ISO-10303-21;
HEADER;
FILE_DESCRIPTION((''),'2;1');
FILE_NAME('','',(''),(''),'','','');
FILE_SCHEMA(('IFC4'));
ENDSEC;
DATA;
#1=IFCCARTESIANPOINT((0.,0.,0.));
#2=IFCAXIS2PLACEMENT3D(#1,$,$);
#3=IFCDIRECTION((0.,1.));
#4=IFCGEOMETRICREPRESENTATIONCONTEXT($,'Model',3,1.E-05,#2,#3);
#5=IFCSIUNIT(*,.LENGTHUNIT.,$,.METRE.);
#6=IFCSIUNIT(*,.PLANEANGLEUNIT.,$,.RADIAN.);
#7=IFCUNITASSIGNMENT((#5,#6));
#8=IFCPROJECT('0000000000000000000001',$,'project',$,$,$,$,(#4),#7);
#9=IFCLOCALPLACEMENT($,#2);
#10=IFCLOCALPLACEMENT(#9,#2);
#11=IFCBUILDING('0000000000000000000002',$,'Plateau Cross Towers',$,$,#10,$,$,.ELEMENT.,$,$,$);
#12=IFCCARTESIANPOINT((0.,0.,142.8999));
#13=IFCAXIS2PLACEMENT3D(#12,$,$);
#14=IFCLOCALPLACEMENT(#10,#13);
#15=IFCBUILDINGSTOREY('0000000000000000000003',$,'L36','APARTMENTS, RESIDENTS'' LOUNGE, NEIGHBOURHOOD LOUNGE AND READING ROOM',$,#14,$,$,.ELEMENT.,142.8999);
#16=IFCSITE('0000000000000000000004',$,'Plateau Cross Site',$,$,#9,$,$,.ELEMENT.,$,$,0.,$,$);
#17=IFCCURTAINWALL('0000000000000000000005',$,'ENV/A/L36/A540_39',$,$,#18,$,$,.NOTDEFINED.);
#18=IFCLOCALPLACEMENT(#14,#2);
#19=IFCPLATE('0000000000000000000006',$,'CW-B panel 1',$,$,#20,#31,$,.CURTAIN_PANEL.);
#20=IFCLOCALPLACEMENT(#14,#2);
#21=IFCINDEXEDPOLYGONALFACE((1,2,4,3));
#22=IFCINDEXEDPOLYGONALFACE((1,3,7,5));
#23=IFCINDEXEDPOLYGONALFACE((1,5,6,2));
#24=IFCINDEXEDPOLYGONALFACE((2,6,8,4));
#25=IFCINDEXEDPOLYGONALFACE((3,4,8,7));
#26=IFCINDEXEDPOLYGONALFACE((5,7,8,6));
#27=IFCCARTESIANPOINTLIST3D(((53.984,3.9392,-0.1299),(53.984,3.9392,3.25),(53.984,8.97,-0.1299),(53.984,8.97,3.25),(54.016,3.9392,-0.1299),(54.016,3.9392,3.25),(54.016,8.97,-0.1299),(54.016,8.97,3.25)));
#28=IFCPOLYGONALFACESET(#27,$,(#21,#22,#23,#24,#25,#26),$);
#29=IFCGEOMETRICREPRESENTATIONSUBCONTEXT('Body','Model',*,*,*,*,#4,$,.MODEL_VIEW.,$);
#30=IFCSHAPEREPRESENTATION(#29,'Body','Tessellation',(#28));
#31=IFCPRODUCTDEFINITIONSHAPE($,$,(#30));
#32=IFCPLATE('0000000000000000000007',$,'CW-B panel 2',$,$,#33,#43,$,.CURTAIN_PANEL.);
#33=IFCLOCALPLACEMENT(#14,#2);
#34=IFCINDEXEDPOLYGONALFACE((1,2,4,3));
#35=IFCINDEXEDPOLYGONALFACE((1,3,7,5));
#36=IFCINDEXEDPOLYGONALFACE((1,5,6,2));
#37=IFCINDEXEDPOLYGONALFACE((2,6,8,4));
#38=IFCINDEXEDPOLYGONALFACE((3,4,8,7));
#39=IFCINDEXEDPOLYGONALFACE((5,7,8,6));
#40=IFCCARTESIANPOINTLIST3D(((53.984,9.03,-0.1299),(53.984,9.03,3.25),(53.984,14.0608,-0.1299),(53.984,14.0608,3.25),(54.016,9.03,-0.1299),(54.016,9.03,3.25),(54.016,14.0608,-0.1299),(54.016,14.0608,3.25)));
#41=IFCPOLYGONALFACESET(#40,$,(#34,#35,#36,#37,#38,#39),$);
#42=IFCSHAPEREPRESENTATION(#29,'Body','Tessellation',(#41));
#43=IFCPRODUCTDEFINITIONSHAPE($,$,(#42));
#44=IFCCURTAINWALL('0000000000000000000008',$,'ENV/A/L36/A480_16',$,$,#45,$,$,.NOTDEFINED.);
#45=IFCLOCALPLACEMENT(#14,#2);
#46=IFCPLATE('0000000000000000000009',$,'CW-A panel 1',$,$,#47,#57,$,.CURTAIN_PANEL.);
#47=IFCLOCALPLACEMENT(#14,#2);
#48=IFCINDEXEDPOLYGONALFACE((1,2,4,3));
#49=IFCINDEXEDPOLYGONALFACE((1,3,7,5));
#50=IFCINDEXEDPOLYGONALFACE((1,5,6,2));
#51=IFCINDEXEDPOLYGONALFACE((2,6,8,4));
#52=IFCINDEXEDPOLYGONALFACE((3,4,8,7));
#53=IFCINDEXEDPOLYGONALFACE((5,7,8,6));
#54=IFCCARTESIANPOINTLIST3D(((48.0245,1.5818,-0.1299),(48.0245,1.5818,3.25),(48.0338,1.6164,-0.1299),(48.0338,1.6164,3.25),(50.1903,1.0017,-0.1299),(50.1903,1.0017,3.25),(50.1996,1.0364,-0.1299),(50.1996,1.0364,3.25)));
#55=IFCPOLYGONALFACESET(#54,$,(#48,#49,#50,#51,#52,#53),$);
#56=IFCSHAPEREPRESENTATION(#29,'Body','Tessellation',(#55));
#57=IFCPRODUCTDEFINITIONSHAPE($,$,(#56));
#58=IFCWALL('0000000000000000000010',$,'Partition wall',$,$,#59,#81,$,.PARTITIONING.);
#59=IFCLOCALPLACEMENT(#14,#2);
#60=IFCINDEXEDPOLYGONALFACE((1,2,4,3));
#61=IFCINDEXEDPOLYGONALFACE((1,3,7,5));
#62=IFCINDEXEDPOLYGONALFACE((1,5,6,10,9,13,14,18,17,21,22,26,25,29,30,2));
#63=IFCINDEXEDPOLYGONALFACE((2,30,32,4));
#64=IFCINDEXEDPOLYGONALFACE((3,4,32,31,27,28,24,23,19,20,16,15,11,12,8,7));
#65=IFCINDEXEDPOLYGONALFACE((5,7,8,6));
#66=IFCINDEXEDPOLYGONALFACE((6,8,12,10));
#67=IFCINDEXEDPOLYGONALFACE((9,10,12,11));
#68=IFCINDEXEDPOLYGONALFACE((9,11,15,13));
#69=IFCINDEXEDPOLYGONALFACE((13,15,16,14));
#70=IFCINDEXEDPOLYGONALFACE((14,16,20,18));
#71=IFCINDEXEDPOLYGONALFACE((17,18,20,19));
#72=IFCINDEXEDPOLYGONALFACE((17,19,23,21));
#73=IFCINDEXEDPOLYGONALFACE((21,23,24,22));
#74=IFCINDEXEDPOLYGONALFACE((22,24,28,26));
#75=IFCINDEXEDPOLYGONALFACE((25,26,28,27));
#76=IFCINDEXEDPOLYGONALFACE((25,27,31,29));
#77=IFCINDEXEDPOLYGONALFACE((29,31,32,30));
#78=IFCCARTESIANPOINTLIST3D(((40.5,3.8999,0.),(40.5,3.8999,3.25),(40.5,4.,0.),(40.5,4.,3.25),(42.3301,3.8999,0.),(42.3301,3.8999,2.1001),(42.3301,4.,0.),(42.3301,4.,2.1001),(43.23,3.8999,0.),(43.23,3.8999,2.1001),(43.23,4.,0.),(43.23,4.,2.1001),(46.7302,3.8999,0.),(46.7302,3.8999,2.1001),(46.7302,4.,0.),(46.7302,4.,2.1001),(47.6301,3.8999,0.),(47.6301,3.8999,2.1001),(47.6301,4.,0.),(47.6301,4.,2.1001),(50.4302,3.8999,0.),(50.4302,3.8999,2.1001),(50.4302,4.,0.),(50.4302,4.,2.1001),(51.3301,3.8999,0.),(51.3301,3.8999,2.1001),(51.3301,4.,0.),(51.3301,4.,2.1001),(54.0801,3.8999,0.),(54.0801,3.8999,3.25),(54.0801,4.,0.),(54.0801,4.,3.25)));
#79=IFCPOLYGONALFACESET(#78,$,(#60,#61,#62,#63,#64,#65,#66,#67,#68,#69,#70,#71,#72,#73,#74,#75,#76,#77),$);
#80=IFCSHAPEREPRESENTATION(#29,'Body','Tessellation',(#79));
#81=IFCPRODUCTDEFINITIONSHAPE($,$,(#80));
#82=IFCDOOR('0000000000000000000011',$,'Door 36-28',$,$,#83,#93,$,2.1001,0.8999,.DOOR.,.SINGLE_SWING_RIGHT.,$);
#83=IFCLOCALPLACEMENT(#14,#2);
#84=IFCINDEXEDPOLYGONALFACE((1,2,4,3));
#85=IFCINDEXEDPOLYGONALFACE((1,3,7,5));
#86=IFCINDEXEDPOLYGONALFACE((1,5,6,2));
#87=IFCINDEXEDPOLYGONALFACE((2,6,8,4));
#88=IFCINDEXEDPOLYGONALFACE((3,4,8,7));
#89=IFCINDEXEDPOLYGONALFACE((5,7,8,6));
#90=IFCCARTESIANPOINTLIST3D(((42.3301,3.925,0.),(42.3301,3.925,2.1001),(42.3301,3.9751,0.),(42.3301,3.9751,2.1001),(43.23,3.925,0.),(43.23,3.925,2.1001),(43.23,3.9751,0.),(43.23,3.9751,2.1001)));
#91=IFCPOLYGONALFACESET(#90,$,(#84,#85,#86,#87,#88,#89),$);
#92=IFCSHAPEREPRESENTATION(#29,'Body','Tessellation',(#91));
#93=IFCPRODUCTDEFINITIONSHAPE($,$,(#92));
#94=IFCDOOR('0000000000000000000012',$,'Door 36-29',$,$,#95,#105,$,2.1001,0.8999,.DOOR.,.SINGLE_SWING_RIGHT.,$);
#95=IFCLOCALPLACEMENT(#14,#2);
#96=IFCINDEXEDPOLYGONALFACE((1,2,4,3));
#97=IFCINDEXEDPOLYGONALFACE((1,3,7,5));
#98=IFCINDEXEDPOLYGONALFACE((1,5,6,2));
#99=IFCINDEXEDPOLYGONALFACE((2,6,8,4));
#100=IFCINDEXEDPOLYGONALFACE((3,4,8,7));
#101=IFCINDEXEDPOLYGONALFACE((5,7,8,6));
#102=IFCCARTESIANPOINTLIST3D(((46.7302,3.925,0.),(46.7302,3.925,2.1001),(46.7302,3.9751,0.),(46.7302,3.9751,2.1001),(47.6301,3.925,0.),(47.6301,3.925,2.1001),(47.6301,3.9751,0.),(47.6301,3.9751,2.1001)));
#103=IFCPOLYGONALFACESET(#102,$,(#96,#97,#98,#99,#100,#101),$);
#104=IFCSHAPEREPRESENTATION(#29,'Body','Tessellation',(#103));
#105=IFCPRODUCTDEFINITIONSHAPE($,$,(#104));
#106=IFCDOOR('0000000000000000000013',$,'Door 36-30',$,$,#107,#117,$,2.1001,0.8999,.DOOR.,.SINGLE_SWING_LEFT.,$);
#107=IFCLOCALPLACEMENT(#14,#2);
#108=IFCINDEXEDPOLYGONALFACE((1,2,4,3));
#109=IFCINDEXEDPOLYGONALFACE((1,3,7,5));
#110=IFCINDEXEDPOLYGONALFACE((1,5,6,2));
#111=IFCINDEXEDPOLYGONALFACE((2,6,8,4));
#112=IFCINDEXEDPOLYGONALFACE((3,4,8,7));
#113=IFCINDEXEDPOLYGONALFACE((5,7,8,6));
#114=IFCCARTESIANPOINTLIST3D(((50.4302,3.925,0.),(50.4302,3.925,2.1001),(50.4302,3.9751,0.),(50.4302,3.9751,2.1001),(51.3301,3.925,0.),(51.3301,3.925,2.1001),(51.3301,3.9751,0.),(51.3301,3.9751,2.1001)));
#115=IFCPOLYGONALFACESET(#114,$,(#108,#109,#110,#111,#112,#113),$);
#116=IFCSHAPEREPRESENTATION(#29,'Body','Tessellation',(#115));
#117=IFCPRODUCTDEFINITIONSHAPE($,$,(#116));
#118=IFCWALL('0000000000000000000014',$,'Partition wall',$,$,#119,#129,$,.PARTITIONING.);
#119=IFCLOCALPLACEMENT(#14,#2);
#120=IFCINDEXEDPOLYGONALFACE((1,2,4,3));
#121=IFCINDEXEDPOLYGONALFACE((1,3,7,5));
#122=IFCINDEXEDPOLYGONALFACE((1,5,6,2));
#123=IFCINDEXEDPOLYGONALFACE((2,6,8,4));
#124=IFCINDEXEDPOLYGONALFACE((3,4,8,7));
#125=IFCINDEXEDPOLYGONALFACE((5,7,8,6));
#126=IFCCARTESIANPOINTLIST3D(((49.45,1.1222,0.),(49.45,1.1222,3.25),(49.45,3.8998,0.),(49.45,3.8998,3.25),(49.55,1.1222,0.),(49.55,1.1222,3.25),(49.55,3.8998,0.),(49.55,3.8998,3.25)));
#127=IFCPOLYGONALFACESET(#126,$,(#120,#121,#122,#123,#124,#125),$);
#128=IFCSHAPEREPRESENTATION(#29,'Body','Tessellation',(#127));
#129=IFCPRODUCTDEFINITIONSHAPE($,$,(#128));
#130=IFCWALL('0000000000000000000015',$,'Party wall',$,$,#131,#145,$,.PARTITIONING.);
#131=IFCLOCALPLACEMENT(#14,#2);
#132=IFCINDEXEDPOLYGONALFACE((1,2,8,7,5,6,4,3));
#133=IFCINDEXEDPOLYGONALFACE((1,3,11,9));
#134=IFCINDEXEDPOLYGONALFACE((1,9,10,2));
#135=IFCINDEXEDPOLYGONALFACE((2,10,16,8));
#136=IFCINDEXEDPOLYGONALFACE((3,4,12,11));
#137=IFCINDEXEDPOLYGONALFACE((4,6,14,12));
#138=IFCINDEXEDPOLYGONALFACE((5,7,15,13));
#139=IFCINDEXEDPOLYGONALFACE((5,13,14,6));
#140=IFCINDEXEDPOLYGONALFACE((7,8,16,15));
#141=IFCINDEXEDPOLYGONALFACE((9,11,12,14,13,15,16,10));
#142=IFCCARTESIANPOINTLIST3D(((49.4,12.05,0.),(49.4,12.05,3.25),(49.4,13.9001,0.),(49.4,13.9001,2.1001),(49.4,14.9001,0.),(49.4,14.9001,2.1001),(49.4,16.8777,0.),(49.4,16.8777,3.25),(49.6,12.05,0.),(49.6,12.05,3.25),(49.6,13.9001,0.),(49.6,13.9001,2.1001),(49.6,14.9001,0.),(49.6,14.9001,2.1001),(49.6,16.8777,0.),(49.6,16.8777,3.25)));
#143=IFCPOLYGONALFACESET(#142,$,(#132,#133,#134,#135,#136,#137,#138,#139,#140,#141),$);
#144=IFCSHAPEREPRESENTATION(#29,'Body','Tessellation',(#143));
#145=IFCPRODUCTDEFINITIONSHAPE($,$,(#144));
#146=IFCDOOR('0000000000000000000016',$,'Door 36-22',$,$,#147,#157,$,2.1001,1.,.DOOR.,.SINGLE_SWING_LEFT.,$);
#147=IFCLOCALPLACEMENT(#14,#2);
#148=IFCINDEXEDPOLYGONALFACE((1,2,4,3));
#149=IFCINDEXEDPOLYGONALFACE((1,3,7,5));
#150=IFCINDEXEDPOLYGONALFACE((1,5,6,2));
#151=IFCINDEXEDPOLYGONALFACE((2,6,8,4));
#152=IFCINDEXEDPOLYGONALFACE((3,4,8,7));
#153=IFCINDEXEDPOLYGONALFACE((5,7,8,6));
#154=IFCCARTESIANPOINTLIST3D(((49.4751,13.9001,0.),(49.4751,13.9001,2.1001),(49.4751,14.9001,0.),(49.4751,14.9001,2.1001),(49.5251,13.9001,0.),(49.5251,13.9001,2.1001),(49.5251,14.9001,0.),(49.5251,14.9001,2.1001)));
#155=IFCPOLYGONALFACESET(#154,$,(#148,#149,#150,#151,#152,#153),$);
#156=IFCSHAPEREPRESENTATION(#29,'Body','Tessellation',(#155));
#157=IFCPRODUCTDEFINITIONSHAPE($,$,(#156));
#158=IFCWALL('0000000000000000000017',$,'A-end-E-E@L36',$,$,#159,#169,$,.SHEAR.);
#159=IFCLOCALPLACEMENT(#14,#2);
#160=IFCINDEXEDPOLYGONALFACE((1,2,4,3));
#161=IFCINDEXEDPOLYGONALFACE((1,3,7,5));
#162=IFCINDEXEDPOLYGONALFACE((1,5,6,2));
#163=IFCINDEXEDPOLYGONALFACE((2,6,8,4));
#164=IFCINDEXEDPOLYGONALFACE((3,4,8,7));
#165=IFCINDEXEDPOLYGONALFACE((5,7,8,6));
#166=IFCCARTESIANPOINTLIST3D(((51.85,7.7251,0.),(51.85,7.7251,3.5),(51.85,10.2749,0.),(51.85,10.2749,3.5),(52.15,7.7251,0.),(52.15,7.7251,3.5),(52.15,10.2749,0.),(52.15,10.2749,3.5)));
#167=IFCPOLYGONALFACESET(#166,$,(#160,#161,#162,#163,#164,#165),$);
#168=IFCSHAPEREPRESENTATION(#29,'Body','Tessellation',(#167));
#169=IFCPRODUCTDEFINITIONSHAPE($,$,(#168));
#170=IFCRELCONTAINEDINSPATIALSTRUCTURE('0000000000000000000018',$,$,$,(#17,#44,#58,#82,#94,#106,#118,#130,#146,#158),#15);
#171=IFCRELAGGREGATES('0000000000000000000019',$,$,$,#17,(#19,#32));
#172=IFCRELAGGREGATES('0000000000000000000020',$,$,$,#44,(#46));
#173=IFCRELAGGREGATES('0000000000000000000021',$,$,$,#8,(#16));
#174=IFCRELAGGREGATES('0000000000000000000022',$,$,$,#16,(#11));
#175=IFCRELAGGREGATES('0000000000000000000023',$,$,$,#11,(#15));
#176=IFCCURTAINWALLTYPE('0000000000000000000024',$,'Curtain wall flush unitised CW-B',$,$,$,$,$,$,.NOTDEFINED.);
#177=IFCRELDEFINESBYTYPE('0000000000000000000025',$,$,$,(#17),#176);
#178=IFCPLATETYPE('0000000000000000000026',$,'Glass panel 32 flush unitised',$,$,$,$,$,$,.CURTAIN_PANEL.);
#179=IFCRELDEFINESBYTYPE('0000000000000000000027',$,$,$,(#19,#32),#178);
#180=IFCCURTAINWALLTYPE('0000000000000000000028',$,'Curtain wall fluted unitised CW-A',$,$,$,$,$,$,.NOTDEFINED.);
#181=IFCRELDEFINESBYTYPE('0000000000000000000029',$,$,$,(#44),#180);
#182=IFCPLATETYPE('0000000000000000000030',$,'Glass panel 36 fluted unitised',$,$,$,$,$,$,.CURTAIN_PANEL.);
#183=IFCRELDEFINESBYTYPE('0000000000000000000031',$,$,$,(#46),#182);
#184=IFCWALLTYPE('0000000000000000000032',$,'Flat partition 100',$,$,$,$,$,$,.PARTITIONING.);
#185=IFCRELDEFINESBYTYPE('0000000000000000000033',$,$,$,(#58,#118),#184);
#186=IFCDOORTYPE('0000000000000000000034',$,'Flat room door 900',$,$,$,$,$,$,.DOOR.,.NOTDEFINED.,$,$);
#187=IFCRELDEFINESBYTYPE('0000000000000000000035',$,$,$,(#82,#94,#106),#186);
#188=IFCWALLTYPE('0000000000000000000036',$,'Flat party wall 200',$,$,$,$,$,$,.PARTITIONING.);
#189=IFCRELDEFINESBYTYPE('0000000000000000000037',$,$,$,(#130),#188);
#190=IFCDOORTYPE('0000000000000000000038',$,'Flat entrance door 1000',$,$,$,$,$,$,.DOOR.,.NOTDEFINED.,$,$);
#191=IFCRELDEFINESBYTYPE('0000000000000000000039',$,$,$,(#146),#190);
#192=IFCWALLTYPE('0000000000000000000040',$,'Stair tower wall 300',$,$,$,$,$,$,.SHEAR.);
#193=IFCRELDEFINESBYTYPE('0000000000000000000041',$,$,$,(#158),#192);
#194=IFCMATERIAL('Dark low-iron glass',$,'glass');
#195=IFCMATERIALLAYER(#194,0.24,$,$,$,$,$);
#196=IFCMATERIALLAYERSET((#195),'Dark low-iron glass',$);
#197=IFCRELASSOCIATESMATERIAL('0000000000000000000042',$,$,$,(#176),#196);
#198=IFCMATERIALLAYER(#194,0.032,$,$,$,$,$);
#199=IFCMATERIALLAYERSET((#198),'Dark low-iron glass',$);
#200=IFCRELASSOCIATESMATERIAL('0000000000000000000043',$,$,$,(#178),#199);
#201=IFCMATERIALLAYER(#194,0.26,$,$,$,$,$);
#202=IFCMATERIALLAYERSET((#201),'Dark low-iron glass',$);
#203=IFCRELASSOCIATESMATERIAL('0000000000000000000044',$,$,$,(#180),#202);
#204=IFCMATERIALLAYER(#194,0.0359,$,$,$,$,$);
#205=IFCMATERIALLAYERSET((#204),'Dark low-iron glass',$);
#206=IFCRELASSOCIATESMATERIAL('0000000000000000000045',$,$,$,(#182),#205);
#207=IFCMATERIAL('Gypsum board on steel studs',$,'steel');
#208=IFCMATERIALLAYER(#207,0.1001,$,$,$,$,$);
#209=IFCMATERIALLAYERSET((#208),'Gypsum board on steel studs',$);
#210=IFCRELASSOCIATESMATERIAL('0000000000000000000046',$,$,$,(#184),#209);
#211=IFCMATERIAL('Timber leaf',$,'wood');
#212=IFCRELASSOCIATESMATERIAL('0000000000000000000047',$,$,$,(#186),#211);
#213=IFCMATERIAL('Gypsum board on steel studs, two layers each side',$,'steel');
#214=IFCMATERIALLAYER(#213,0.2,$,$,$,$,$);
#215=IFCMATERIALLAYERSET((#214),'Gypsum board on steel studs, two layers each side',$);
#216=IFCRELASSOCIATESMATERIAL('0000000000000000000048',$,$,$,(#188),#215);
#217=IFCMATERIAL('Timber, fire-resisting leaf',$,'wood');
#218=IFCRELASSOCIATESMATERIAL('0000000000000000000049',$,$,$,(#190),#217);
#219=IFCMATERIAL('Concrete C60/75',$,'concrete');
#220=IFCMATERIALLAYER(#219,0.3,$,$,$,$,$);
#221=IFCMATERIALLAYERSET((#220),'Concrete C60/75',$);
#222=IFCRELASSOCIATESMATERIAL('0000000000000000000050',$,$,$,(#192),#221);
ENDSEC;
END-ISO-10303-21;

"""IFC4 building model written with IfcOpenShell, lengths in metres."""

from ifc_helpers import new_model, si_unit, direction, frame, frame_2d, origin, origin_2d, place, context, subcontext, project, spatial, rectangle, extrude, material, layer, layer_set, type_object, element, fill, aggregate, save


model = new_model("IFC4")

# Units and contexts
model_context = context("Model", 3, precision=1e-05, world=origin(), true_north=direction((0.0, 1.0)))
body_context = subcontext(model_context, "Body", "Model", "MODEL_VIEW")
ifc_project = project(units=[si_unit("LENGTHUNIT", "METRE"), si_unit("PLANEANGLEUNIT", "RADIAN")], contexts=[model_context])

# Site, building, storey
site_placement = place(None, origin())
site = spatial("IfcSite", under=ifc_project, at=site_placement, Name="Plateau Cross Site", CompositionType="ELEMENT", RefElevation=0.0)
building_placement = place(site_placement, origin())
building = spatial("IfcBuilding", under=site, at=building_placement, Name="Plateau Cross Towers", CompositionType="ELEMENT")
storey_placement = place(building_placement, frame((0.0, 0.0, 142.8999)))
storey = spatial("IfcBuildingStorey", under=building, at=storey_placement, Name="L36", Description="APARTMENTS, RESIDENTS' LOUNGE, NEIGHBOURHOOD LOUNGE AND READING ROOM", CompositionType="ELEMENT", Elevation=142.8999)

# Shared definitions
ifc_material_1 = material(Name="Concrete C60/75", Category="concrete")

# Shared definitions
ifc_material_2 = material(Name="Dark low-iron glass", Category="glass")
ifc_layer_1 = layer(ifc_material_2, 0.24)
ifc_layer_set_1 = layer_set([ifc_layer_1], Name="Dark low-iron glass")
curtain_wall_type_1 = type_object("IfcCurtainWallType", Name="Curtain wall flush unitised CW-B", PredefinedType="NOTDEFINED", material=ifc_layer_set_1)

# Curtain wall
curtain_wall_1_placement = place(storey_placement, origin())
curtain_wall_1 = element("IfcCurtainWall", 1, at=curtain_wall_1_placement, inside=storey, type_object=curtain_wall_type_1, Name="ENV/A/L36/A540_39", PredefinedType="NOTDEFINED")

# Plates
ifc_layer_2 = layer(ifc_material_2, 0.032)
ifc_layer_set_2 = layer_set([ifc_layer_2], Name="Dark low-iron glass")
plate_type_1 = type_object("IfcPlateType", Name="Glass panel 32 flush unitised", PredefinedType="CURTAIN_PANEL", material=ifc_layer_set_2)
plate_1_placement = place(storey_placement, frame((54.0, 6.4546, -0.1299), z_axis=(0.0, 0.0, 1.0), x_axis=(0.0, 1.0, 0.0)))
plate_1 = element("IfcPlate", 2, at=plate_1_placement, type_object=plate_type_1, Name="CW-B panel 1", PredefinedType="CURTAIN_PANEL", context=body_context, shape_type="SweptSolid", body=[
    extrude(rectangle(XDim=5.0308, YDim=0.032, at=origin_2d()), origin(), (0.0, 0.0, 1.0), 3.3799),
])
plate_2_placement = place(storey_placement, frame((54.0, 11.5454, -0.1299), z_axis=(0.0, 0.0, 1.0), x_axis=(0.0, 1.0, 0.0)))
plate_2 = element("IfcPlate", 3, at=plate_2_placement, type_object=plate_type_1, Name="CW-B panel 2", PredefinedType="CURTAIN_PANEL", context=body_context, shape_type="SweptSolid", body=[
    extrude(rectangle(XDim=5.0308, YDim=0.032, at=origin_2d()), origin(), (0.0, 0.0, 1.0), 3.3799),
])
aggregate(curtain_wall_1, [plate_1, plate_2])

# Curtain wall, plate
ifc_layer_3 = layer(ifc_material_2, 0.26)
ifc_layer_set_3 = layer_set([ifc_layer_3], Name="Dark low-iron glass")
curtain_wall_type_2 = type_object("IfcCurtainWallType", Name="Curtain wall fluted unitised CW-A", PredefinedType="NOTDEFINED", material=ifc_layer_set_3)
curtain_wall_2_placement = place(storey_placement, origin())
curtain_wall_2 = element("IfcCurtainWall", 4, at=curtain_wall_2_placement, inside=storey, type_object=curtain_wall_type_2, Name="ENV/A/L36/A480_16", PredefinedType="NOTDEFINED")
ifc_layer_4 = layer(ifc_material_2, 0.0359)
ifc_layer_set_4 = layer_set([ifc_layer_4], Name="Dark low-iron glass")
plate_type_2 = type_object("IfcPlateType", Name="Glass panel 36 fluted unitised", PredefinedType="CURTAIN_PANEL", material=ifc_layer_set_4)
plate_3_placement = place(storey_placement, frame((49.1121, 1.3091, -0.1299), z_axis=(0.0, 0.0, 1.0), x_axis=(0.965958, -0.258699, 0.0)))
plate_3 = element("IfcPlate", 5, at=plate_3_placement, type_object=plate_type_2, Name="CW-A panel 1", PredefinedType="CURTAIN_PANEL", context=body_context, shape_type="SweptSolid", body=[
    extrude(rectangle(XDim=2.2422, YDim=0.0359, at=origin_2d()), origin(), (0.0, 0.0, 1.0), 3.3799),
])
aggregate(curtain_wall_2, [plate_3])

# Wall, openings, doors
ifc_material_3 = material(Name="Gypsum board on steel studs", Category="steel")
ifc_layer_5 = layer(ifc_material_3, 0.1001)
ifc_layer_set_5 = layer_set([ifc_layer_5], Name="Gypsum board on steel studs")
wall_type_1 = type_object("IfcWallType", Name="Flat partition 100", PredefinedType="PARTITIONING", material=ifc_layer_set_5)
wall_1_placement = place(storey_placement, frame((54.0801, 3.95, 0.0), z_axis=(0.0, 0.0, 1.0), x_axis=(-1.0, 0.0, 0.0)))
wall_1 = element("IfcWall", 6, at=wall_1_placement, inside=storey, type_object=wall_type_1, Name="Partition wall", PredefinedType="PARTITIONING", context=body_context, shape_type="SweptSolid", body=[
    extrude(rectangle(XDim=13.5801, YDim=0.1001, at=frame_2d((6.79, 0.0))), origin(), (0.0, 0.0, 1.0), 3.25),
])
opening_1_placement = place(wall_1_placement, frame((10.8501, 0.0, 0.0)))
opening_1 = element("IfcOpeningElement", 7, at=opening_1_placement, cuts=wall_1, PredefinedType="OPENING", context=body_context, shape_type="SweptSolid", body=[
    extrude(rectangle(XDim=0.8999, YDim=2.1001, at=frame_2d((0.45, 1.05))), frame((0.0, 0.0601, 0.0), z_axis=(0.0, -1.0, 0.0), x_axis=(1.0, 0.0, 0.0)), (0.0, 0.0, 1.0), 0.1201),
])
opening_2_placement = place(wall_1_placement, frame((6.45, 0.0, 0.0)))
opening_2 = element("IfcOpeningElement", 8, at=opening_2_placement, cuts=wall_1, PredefinedType="OPENING", context=body_context, shape_type="SweptSolid", body=[
    extrude(rectangle(XDim=0.8999, YDim=2.1001, at=frame_2d((0.45, 1.05))), frame((0.0, 0.0601, 0.0), z_axis=(0.0, -1.0, 0.0), x_axis=(1.0, 0.0, 0.0)), (0.0, 0.0, 1.0), 0.1201),
])
opening_3_placement = place(wall_1_placement, frame((2.75, 0.0, 0.0)))
opening_3 = element("IfcOpeningElement", 9, at=opening_3_placement, cuts=wall_1, PredefinedType="OPENING", context=body_context, shape_type="SweptSolid", body=[
    extrude(rectangle(XDim=0.8999, YDim=2.1001, at=frame_2d((0.45, 1.05))), frame((0.0, 0.0601, 0.0), z_axis=(0.0, -1.0, 0.0), x_axis=(1.0, 0.0, 0.0)), (0.0, 0.0, 1.0), 0.1201),
])
ifc_material_4 = material(Name="Timber leaf", Category="wood")
door_type_1 = type_object("IfcDoorType", Name="Flat room door 900", OperationType="NOTDEFINED", PredefinedType="DOOR", material=ifc_material_4)
door_1_placement = place(opening_1_placement, origin())
door_1 = element("IfcDoor", 10, at=door_1_placement, inside=storey, type_object=door_type_1, Name="Door 36-28", OperationType="SINGLE_SWING_RIGHT", OverallHeight=2.1001, OverallWidth=0.8999, PredefinedType="DOOR", context=body_context, shape_type="SweptSolid", body=[
    extrude(rectangle(XDim=0.8999, YDim=2.1001, at=frame_2d((0.45, 1.05))), frame((0.0, 0.0249, 0.0), z_axis=(0.0, -1.0, 0.0), x_axis=(1.0, 0.0, 0.0)), (0.0, 0.0, 1.0), 0.05),
])
fill(opening_1, door_1)
door_2_placement = place(opening_2_placement, origin())
door_2 = element("IfcDoor", 11, at=door_2_placement, inside=storey, type_object=door_type_1, Name="Door 36-29", OperationType="SINGLE_SWING_RIGHT", OverallHeight=2.1001, OverallWidth=0.8999, PredefinedType="DOOR", context=body_context, shape_type="SweptSolid", body=[
    extrude(rectangle(XDim=0.8999, YDim=2.1001, at=frame_2d((0.45, 1.05))), frame((0.0, 0.0249, 0.0), z_axis=(0.0, -1.0, 0.0), x_axis=(1.0, 0.0, 0.0)), (0.0, 0.0, 1.0), 0.05),
])
fill(opening_2, door_2)
door_3_placement = place(opening_3_placement, origin())
door_3 = element("IfcDoor", 12, at=door_3_placement, inside=storey, type_object=door_type_1, Name="Door 36-30", OperationType="SINGLE_SWING_LEFT", OverallHeight=2.1001, OverallWidth=0.8999, PredefinedType="DOOR", context=body_context, shape_type="SweptSolid", body=[
    extrude(rectangle(XDim=0.8999, YDim=2.1001, at=frame_2d((0.45, 1.05))), frame((0.0, 0.0249, 0.0), z_axis=(0.0, -1.0, 0.0), x_axis=(1.0, 0.0, 0.0)), (0.0, 0.0, 1.0), 0.05),
])
fill(opening_3, door_3)

# Wall
wall_2_placement = place(storey_placement, frame((49.5, 1.1223, 0.0), z_axis=(0.0, 0.0, 1.0), x_axis=(0.0, 1.0, 0.0)))
element("IfcWall", 13, at=wall_2_placement, inside=storey, type_object=wall_type_1, Name="Partition wall", PredefinedType="PARTITIONING", context=body_context, shape_type="SweptSolid", body=[
    extrude(rectangle(XDim=2.7776, YDim=0.1001, at=frame_2d((1.3887, 0.0))), origin(), (0.0, 0.0, 1.0), 3.25),
])

# Wall, opening, door
ifc_material_5 = material(Name="Gypsum board on steel studs, two layers each side", Category="steel")
ifc_layer_6 = layer(ifc_material_5, 0.2)
ifc_layer_set_6 = layer_set([ifc_layer_6], Name="Gypsum board on steel studs, two layers each side")
wall_type_2 = type_object("IfcWallType", Name="Flat party wall 200", PredefinedType="PARTITIONING", material=ifc_layer_set_6)
wall_3_placement = place(storey_placement, frame((49.5, 12.05, 0.0), z_axis=(0.0, 0.0, 1.0), x_axis=(0.0, 1.0, 0.0)))
wall_3 = element("IfcWall", 14, at=wall_3_placement, inside=storey, type_object=wall_type_2, Name="Party wall", PredefinedType="PARTITIONING", context=body_context, shape_type="SweptSolid", body=[
    extrude(rectangle(XDim=4.8276, YDim=0.2, at=frame_2d((2.4138, 0.0))), origin(), (0.0, 0.0, 1.0), 3.25),
])
opening_4_placement = place(wall_3_placement, frame((1.8501, 0.0, 0.0)))
opening_4 = element("IfcOpeningElement", 15, at=opening_4_placement, cuts=wall_3, PredefinedType="OPENING", context=body_context, shape_type="SweptSolid", body=[
    extrude(rectangle(XDim=1.0, YDim=2.1001, at=frame_2d((0.5, 1.05))), frame((0.0, 0.1099, 0.0), z_axis=(0.0, -1.0, 0.0), x_axis=(1.0, 0.0, 0.0)), (0.0, 0.0, 1.0), 0.22),
])
ifc_material_6 = material(Name="Timber, fire-resisting leaf", Category="wood")
door_type_2 = type_object("IfcDoorType", Name="Flat entrance door 1000", OperationType="NOTDEFINED", PredefinedType="DOOR", material=ifc_material_6)
door_4_placement = place(opening_4_placement, origin())
door_4 = element("IfcDoor", 16, at=door_4_placement, inside=storey, type_object=door_type_2, Name="Door 36-22", OperationType="SINGLE_SWING_LEFT", OverallHeight=2.1001, OverallWidth=1.0, PredefinedType="DOOR", context=body_context, shape_type="SweptSolid", body=[
    extrude(rectangle(XDim=1.0, YDim=2.1001, at=frame_2d((0.5, 1.05))), frame((0.0, 0.0249, 0.0), z_axis=(0.0, -1.0, 0.0), x_axis=(1.0, 0.0, 0.0)), (0.0, 0.0, 1.0), 0.05),
])
fill(opening_4, door_4)

# Wall
ifc_layer_7 = layer(ifc_material_1, 0.3)
ifc_layer_set_7 = layer_set([ifc_layer_7], Name="Concrete C60/75")
wall_type_3 = type_object("IfcWallType", Name="Stair tower wall 300", PredefinedType="SHEAR", material=ifc_layer_set_7)
wall_4_placement = place(storey_placement, frame((52.0, 7.7251, 0.0), z_axis=(0.0, 0.0, 1.0), x_axis=(0.0, 1.0, 0.0)))
element("IfcWall", 17, at=wall_4_placement, inside=storey, type_object=wall_type_3, Name="A-end-E-E@L36", PredefinedType="SHEAR", context=body_context, shape_type="SweptSolid", body=[
    extrude(rectangle(XDim=2.5498, YDim=0.3, at=frame_2d((1.2749, 0.0))), origin(), (0.0, 0.0, 1.0), 3.5),
])

save(model, "model.ifc")
